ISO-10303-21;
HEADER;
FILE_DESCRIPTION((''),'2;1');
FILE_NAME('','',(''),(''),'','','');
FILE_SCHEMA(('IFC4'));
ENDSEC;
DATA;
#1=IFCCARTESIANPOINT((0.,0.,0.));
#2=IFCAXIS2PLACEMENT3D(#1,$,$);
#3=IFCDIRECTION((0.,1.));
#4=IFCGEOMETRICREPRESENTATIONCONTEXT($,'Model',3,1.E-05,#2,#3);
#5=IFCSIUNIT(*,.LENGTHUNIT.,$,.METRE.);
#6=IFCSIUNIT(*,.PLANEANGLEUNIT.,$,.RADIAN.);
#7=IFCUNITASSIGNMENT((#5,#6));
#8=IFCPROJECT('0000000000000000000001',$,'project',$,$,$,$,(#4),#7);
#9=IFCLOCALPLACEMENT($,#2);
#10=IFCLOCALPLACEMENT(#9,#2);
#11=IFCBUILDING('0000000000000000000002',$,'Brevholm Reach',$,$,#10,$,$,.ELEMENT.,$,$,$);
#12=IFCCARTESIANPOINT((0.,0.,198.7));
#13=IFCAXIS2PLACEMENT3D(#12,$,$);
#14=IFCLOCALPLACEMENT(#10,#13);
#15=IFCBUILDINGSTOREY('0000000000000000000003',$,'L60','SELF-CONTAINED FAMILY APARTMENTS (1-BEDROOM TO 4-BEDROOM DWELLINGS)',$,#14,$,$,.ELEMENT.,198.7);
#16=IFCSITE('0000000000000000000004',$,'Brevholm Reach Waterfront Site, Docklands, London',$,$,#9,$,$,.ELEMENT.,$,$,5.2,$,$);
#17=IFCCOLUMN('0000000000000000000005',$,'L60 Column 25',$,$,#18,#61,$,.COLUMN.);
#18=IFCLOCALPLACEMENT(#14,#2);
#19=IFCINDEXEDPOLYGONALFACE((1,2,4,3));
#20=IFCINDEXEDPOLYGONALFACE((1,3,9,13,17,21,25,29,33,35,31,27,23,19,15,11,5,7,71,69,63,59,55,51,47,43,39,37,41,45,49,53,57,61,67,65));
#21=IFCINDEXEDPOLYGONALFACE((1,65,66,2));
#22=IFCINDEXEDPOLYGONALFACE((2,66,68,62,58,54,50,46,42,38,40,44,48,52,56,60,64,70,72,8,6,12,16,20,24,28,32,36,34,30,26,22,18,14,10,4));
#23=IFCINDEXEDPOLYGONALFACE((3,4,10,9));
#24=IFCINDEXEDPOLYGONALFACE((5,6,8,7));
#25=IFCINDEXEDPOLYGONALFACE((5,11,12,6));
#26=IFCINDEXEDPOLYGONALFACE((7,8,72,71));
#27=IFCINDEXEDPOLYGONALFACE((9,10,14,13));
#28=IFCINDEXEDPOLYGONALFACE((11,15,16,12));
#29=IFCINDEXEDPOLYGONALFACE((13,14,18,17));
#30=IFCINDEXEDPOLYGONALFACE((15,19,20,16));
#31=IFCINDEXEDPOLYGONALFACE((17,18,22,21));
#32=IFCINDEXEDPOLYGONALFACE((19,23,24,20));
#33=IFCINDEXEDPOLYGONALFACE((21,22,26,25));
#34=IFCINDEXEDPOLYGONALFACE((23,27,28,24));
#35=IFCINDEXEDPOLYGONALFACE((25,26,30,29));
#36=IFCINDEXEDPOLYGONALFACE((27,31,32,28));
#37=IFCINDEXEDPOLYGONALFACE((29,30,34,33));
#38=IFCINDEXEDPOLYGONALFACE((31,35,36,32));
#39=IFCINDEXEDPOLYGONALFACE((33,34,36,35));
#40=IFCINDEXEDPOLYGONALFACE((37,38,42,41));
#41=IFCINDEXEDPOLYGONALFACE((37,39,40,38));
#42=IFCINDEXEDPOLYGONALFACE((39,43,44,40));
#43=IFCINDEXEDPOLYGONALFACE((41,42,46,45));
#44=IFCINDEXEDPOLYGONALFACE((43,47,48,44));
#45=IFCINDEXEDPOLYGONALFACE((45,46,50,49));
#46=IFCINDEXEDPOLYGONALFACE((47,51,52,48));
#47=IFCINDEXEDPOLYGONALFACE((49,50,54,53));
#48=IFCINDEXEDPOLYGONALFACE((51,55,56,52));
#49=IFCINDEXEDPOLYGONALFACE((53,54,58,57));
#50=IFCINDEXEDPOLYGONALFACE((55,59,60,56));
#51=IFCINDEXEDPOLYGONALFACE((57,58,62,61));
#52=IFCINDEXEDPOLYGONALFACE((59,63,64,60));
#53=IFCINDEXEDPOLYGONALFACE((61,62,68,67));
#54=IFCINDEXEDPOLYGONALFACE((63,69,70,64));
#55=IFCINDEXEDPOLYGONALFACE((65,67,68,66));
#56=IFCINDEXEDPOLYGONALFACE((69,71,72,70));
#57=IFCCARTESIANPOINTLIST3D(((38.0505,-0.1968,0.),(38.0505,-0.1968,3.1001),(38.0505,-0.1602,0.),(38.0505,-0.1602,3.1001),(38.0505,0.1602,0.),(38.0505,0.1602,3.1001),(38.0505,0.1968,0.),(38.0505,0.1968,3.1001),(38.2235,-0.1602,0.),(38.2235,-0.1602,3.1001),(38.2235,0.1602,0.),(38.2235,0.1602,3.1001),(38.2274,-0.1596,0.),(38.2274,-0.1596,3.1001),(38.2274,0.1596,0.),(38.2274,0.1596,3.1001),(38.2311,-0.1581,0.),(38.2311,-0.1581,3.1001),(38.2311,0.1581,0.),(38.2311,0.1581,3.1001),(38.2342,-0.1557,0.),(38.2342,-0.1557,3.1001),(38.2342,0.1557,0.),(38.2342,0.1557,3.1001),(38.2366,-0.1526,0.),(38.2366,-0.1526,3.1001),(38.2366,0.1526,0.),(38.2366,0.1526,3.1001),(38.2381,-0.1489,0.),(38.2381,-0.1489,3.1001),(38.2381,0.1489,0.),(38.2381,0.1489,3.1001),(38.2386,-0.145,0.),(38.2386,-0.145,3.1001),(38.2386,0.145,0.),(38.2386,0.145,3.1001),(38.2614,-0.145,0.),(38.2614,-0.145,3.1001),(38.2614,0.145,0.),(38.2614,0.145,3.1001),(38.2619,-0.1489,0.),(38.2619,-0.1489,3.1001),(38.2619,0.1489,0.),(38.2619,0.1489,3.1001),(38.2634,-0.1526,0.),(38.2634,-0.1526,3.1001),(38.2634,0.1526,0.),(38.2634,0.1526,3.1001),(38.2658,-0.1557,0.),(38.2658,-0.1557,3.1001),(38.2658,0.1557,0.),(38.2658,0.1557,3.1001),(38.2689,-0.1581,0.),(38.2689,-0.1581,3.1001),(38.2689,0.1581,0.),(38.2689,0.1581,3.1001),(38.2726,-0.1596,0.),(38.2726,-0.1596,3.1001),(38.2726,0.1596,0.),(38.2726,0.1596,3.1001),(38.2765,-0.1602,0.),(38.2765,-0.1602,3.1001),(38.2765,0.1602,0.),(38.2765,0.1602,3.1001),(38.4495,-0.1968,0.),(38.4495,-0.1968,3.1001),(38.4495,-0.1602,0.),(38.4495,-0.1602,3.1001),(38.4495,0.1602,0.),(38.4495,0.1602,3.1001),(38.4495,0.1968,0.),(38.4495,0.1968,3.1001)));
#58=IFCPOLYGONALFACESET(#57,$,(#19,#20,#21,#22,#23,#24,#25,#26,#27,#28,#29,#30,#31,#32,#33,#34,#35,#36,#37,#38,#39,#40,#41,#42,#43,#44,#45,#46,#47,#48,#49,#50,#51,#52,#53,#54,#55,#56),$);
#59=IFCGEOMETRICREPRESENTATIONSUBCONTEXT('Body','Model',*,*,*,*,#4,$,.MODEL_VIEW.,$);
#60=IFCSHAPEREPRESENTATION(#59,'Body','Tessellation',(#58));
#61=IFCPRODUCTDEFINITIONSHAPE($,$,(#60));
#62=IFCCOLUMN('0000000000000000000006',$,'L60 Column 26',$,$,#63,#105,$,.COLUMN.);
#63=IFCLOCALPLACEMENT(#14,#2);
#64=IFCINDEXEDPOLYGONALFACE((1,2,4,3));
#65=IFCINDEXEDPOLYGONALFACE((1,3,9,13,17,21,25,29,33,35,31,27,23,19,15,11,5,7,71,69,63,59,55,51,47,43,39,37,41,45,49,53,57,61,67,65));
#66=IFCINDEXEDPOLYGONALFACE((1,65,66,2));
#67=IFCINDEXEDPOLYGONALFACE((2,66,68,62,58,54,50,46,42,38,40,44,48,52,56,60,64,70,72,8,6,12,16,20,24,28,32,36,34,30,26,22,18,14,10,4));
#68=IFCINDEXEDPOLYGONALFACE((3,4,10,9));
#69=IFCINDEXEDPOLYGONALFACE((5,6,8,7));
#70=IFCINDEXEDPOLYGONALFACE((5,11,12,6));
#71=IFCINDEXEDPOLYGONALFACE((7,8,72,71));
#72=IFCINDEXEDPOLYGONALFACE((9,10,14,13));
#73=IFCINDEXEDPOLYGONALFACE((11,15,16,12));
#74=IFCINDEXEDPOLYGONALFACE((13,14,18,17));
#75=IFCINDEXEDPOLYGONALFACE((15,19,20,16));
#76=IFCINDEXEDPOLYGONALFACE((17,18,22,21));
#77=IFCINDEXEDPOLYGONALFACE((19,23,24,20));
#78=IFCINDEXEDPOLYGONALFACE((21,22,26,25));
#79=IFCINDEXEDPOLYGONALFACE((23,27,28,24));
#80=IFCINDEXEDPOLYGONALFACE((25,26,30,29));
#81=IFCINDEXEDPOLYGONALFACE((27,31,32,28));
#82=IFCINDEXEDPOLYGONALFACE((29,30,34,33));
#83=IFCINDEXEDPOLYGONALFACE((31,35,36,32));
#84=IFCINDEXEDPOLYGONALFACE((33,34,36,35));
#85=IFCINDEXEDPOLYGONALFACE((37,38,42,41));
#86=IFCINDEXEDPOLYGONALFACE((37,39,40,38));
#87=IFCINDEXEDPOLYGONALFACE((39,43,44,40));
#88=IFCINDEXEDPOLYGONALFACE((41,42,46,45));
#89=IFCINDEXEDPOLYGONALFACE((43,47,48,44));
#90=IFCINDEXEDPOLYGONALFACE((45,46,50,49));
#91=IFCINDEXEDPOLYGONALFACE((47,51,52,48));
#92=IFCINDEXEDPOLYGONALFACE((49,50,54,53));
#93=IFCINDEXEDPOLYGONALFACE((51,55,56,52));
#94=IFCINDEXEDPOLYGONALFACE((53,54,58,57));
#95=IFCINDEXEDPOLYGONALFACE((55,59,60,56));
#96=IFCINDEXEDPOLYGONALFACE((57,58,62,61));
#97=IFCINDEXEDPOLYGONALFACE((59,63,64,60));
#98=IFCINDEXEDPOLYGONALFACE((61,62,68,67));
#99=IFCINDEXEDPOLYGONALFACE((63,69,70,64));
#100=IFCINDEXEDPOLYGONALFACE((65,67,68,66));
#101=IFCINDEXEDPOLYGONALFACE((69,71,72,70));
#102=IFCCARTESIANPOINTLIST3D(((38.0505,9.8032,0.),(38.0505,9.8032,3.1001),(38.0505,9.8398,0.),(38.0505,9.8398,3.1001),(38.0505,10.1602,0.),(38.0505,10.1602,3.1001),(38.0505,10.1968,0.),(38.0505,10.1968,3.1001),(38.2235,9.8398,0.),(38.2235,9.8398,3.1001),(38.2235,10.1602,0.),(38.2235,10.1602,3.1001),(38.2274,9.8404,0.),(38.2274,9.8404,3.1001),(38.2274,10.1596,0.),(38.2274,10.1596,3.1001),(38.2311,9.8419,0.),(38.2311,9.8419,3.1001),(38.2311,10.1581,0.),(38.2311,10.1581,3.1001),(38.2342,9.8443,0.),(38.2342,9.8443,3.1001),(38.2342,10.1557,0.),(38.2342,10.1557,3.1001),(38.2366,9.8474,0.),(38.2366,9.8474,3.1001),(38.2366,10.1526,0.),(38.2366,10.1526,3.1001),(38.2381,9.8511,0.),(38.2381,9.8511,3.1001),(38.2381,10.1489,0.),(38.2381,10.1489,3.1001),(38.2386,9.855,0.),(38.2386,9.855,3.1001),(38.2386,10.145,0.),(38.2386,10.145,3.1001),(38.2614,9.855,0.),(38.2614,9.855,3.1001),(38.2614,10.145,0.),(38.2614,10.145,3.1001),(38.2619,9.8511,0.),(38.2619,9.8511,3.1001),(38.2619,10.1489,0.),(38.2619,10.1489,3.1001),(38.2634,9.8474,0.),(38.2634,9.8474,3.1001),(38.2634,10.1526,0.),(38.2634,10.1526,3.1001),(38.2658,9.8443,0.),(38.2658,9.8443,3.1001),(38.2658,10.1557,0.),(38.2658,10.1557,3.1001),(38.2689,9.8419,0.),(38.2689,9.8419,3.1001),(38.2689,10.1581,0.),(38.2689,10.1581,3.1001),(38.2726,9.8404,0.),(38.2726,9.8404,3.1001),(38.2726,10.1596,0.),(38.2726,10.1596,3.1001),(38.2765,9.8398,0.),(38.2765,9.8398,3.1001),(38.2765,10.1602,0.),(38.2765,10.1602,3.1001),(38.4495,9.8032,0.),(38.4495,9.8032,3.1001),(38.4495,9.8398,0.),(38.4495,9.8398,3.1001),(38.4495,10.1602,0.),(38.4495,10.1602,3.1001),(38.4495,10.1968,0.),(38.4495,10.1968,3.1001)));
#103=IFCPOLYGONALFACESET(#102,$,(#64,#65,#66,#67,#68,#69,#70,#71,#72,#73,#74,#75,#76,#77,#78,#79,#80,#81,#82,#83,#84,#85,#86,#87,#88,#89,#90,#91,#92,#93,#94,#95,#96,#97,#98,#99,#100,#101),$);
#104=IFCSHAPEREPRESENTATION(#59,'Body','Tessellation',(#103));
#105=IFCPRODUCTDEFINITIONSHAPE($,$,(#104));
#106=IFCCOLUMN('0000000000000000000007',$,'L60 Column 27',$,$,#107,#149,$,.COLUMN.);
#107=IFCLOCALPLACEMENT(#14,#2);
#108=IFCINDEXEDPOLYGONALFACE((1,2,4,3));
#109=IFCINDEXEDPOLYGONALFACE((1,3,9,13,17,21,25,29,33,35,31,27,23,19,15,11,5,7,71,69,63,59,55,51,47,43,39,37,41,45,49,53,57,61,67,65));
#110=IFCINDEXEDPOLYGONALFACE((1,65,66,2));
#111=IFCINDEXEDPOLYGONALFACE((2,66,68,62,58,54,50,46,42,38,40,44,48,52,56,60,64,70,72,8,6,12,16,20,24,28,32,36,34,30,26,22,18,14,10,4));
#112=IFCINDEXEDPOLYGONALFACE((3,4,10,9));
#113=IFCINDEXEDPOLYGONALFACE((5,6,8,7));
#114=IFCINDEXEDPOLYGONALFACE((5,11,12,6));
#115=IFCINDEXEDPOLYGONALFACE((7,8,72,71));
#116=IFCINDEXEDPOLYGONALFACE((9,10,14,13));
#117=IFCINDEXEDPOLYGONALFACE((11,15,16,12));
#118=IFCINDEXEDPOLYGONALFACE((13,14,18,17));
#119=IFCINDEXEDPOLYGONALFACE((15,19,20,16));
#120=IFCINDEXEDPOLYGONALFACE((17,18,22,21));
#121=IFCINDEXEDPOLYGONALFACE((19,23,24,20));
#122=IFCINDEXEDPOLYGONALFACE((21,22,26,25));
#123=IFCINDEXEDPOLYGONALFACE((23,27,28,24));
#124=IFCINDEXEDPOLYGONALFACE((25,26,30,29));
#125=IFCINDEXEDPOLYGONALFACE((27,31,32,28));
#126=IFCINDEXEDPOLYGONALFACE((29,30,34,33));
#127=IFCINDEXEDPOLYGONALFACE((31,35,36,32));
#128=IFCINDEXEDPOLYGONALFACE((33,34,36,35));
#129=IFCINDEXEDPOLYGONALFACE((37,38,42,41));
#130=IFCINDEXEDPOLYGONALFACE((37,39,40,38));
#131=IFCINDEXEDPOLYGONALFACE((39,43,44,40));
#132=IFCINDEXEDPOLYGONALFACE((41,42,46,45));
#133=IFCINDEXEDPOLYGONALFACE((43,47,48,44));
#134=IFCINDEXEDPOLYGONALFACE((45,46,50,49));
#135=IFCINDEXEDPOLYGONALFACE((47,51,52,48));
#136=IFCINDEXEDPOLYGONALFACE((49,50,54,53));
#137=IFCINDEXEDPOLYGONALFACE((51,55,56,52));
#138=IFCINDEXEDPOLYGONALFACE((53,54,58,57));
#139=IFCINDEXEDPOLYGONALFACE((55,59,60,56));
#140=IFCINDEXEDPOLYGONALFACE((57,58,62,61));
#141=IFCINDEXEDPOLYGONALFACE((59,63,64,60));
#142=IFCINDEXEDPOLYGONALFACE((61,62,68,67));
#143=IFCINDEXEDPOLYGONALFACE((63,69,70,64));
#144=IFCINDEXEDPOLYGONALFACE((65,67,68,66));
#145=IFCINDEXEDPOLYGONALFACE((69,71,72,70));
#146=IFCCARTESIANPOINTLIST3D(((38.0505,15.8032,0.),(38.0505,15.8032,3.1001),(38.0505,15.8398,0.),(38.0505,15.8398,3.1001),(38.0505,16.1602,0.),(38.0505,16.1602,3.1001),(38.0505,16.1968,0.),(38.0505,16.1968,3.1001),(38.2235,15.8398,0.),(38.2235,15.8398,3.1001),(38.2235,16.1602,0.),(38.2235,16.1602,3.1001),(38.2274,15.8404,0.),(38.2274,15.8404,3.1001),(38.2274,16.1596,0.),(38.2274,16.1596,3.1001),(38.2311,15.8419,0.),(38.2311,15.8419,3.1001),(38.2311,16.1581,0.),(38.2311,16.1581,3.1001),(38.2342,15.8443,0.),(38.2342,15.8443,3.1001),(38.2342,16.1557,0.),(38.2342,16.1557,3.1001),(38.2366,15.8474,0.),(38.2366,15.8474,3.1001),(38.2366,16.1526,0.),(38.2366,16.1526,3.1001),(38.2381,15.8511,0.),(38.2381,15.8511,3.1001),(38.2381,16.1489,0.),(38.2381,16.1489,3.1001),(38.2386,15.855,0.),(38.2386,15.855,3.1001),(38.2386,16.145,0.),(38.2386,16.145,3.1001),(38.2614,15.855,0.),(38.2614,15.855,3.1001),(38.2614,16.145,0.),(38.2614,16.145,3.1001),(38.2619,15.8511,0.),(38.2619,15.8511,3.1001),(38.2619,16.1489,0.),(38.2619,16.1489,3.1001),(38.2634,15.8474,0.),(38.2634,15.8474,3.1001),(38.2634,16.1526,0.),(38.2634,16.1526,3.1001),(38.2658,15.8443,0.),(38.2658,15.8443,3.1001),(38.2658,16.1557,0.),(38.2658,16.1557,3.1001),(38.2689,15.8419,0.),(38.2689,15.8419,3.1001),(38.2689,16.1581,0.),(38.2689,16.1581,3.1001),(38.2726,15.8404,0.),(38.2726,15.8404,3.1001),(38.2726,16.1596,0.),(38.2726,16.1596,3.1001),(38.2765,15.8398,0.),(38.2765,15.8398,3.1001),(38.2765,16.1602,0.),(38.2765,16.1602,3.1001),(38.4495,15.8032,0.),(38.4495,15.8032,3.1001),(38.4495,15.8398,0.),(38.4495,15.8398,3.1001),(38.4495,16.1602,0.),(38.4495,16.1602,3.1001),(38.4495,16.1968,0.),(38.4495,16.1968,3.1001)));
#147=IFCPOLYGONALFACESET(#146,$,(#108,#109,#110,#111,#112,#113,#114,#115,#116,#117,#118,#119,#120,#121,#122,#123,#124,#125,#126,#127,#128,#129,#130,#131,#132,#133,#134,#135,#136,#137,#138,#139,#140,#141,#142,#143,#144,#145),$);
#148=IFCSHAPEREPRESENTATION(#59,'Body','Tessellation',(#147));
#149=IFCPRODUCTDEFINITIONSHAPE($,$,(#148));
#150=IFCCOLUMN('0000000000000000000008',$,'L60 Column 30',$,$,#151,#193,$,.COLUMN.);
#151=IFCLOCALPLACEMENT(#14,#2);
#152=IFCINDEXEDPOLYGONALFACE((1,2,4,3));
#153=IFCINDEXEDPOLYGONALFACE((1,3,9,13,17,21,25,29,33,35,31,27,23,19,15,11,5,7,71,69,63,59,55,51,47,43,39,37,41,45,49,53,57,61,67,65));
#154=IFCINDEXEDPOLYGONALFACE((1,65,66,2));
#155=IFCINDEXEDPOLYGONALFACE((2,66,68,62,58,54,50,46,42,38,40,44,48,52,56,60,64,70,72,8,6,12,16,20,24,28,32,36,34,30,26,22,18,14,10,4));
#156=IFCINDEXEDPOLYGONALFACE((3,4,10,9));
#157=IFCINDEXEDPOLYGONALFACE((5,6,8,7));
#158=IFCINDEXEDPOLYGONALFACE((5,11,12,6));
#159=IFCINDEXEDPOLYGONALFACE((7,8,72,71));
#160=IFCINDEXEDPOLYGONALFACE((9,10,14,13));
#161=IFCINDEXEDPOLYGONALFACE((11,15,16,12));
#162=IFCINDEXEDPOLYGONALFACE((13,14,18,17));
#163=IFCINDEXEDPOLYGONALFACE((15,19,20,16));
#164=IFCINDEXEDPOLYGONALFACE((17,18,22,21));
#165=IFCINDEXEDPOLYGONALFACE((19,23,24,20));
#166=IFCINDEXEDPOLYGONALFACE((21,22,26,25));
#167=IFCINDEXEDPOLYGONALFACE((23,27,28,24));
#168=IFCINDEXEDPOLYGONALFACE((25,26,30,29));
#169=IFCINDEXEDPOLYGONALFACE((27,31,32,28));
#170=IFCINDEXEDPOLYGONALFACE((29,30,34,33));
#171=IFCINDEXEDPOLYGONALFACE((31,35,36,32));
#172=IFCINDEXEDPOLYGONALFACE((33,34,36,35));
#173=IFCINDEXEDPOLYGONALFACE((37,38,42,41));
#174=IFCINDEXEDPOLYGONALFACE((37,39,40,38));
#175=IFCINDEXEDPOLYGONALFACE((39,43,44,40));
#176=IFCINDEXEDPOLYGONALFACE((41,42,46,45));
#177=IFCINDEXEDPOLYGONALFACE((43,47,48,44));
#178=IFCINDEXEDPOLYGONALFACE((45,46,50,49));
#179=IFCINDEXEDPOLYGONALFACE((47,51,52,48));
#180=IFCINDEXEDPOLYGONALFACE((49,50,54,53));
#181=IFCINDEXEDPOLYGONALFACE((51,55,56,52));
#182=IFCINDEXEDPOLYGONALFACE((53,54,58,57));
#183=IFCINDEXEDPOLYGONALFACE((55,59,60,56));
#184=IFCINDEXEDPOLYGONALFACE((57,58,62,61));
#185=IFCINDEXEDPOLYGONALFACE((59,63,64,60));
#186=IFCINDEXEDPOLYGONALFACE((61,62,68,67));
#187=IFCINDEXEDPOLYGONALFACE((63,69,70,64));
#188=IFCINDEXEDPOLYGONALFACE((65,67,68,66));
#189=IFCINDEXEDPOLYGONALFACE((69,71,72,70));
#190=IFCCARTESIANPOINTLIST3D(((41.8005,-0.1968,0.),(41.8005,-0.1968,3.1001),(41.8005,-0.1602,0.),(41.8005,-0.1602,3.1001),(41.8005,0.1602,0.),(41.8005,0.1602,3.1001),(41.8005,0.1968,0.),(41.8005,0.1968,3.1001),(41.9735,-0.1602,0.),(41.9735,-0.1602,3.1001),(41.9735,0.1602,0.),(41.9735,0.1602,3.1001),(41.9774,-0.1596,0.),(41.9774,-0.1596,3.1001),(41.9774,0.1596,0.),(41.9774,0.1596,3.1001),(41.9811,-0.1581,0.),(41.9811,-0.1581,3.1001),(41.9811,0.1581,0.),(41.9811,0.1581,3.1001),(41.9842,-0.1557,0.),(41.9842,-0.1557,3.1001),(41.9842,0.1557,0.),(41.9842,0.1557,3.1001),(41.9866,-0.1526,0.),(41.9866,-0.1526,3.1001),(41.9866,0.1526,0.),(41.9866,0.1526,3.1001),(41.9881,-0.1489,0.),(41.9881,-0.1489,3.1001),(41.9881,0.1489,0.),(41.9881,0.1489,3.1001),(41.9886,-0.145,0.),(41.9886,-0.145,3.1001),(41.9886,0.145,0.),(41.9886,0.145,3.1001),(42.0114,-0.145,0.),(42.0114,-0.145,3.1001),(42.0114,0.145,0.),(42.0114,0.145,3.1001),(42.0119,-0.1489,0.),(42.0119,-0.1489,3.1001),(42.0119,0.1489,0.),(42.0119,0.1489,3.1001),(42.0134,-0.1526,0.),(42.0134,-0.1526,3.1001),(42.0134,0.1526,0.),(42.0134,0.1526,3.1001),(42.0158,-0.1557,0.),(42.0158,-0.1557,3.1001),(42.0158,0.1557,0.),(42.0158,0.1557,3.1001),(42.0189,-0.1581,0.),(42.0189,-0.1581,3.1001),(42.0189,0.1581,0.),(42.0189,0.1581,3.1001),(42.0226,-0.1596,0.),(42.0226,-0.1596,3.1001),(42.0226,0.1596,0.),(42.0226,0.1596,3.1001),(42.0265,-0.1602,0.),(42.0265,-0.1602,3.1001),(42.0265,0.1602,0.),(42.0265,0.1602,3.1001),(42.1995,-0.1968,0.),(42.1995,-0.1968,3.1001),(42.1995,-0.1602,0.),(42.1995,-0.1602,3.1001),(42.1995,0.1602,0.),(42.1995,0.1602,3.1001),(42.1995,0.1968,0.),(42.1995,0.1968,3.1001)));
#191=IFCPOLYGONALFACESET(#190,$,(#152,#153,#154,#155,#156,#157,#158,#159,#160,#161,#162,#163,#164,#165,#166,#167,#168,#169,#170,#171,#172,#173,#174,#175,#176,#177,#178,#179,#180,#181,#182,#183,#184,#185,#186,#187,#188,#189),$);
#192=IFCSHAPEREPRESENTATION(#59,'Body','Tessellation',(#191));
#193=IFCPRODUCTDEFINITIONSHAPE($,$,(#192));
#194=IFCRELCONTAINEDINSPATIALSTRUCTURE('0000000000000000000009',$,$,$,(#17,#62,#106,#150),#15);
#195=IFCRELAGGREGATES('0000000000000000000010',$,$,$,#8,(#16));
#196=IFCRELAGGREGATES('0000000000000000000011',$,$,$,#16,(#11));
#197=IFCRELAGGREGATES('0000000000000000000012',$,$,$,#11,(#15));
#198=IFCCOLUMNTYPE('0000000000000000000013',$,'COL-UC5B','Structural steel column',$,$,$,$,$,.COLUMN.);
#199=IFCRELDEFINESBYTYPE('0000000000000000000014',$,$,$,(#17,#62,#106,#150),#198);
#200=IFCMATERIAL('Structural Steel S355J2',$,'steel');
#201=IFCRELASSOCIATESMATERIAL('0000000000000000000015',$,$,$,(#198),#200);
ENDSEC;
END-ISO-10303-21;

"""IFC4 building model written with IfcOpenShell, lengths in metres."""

from ifc_helpers import new_model, si_unit, direction, frame, origin, origin_2d, place, context, subcontext, project, spatial, i_section, extrude, material, material_profile, profile_set, type_object, element, save


model = new_model("IFC4")

# Units and contexts
model_context = context("Model", 3, precision=1e-05, world=origin(), true_north=direction((0.0, 1.0)))
body_context = subcontext(model_context, "Body", "Model", "MODEL_VIEW")
ifc_project = project(units=[si_unit("LENGTHUNIT", "METRE"), si_unit("PLANEANGLEUNIT", "RADIAN")], contexts=[model_context])

# Site, building, storey
site_placement = place(None, origin())
site = spatial("IfcSite", under=ifc_project, at=site_placement, Name="Brevholm Reach Waterfront Site, Docklands, London", CompositionType="ELEMENT", RefElevation=5.2)
building_placement = place(site_placement, origin())
building = spatial("IfcBuilding", under=site, at=building_placement, Name="Brevholm Reach", CompositionType="ELEMENT")
storey_placement = place(building_placement, frame((0.0, 0.0, 198.7)))
storey = spatial("IfcBuildingStorey", under=building, at=storey_placement, Name="L60", Description="SELF-CONTAINED FAMILY APARTMENTS (1-BEDROOM TO 4-BEDROOM DWELLINGS)", CompositionType="ELEMENT", Elevation=198.7)

# Columns
ifc_material_1 = material(Name="Structural Steel S355J2", Category="steel")
ifc_material_profile_1 = material_profile(ifc_material_1, i_section(OverallWidth=0.3989, OverallDepth=0.3936, WebThickness=0.0227, FlangeThickness=0.0366, FilletRadius=0.0151, at=origin_2d()), Name="UKC 356x406x287")
ifc_profile_set_1 = profile_set([ifc_material_profile_1], Name="Structural Steel S355J2")
column_type = type_object("IfcColumnType", Name="COL-UC5B", Description="Structural steel column", PredefinedType="COLUMN", material=ifc_profile_set_1)
for number, where, z_axis, x_axis, name in (
    (1, (38.25, 0.0, 0.0), (0.0, 0.0, 1.0), (1.0, 0.0, 0.0), "L60 Column 25"),
    (2, (38.25, 10.0, 0.0), (0.0, 0.0, 1.0), (1.0, 0.0, 0.0), "L60 Column 26"),
    (3, (38.25, 16.0, 0.0), (0.0, 0.0, 1.0), (1.0, 0.0, 0.0), "L60 Column 27"),
    (4, (42.0, 0.0, 0.0), (0.0, 0.0, 1.0), (1.0, 0.0, 0.0), "L60 Column 30"),
):
    element("IfcColumn", number, at=place(storey_placement, frame(where, z_axis=z_axis, x_axis=x_axis)), inside=storey, type_object=column_type, Name=name, PredefinedType="COLUMN", context=body_context, shape_type="SweptSolid", body=[
        extrude(i_section(OverallWidth=0.3989, OverallDepth=0.3936, WebThickness=0.0227, FlangeThickness=0.0366, FilletRadius=0.0151, at=origin_2d()), origin(), (0.0, 0.0, 1.0), 3.1001),
    ])

save(model, "model.ifc")
